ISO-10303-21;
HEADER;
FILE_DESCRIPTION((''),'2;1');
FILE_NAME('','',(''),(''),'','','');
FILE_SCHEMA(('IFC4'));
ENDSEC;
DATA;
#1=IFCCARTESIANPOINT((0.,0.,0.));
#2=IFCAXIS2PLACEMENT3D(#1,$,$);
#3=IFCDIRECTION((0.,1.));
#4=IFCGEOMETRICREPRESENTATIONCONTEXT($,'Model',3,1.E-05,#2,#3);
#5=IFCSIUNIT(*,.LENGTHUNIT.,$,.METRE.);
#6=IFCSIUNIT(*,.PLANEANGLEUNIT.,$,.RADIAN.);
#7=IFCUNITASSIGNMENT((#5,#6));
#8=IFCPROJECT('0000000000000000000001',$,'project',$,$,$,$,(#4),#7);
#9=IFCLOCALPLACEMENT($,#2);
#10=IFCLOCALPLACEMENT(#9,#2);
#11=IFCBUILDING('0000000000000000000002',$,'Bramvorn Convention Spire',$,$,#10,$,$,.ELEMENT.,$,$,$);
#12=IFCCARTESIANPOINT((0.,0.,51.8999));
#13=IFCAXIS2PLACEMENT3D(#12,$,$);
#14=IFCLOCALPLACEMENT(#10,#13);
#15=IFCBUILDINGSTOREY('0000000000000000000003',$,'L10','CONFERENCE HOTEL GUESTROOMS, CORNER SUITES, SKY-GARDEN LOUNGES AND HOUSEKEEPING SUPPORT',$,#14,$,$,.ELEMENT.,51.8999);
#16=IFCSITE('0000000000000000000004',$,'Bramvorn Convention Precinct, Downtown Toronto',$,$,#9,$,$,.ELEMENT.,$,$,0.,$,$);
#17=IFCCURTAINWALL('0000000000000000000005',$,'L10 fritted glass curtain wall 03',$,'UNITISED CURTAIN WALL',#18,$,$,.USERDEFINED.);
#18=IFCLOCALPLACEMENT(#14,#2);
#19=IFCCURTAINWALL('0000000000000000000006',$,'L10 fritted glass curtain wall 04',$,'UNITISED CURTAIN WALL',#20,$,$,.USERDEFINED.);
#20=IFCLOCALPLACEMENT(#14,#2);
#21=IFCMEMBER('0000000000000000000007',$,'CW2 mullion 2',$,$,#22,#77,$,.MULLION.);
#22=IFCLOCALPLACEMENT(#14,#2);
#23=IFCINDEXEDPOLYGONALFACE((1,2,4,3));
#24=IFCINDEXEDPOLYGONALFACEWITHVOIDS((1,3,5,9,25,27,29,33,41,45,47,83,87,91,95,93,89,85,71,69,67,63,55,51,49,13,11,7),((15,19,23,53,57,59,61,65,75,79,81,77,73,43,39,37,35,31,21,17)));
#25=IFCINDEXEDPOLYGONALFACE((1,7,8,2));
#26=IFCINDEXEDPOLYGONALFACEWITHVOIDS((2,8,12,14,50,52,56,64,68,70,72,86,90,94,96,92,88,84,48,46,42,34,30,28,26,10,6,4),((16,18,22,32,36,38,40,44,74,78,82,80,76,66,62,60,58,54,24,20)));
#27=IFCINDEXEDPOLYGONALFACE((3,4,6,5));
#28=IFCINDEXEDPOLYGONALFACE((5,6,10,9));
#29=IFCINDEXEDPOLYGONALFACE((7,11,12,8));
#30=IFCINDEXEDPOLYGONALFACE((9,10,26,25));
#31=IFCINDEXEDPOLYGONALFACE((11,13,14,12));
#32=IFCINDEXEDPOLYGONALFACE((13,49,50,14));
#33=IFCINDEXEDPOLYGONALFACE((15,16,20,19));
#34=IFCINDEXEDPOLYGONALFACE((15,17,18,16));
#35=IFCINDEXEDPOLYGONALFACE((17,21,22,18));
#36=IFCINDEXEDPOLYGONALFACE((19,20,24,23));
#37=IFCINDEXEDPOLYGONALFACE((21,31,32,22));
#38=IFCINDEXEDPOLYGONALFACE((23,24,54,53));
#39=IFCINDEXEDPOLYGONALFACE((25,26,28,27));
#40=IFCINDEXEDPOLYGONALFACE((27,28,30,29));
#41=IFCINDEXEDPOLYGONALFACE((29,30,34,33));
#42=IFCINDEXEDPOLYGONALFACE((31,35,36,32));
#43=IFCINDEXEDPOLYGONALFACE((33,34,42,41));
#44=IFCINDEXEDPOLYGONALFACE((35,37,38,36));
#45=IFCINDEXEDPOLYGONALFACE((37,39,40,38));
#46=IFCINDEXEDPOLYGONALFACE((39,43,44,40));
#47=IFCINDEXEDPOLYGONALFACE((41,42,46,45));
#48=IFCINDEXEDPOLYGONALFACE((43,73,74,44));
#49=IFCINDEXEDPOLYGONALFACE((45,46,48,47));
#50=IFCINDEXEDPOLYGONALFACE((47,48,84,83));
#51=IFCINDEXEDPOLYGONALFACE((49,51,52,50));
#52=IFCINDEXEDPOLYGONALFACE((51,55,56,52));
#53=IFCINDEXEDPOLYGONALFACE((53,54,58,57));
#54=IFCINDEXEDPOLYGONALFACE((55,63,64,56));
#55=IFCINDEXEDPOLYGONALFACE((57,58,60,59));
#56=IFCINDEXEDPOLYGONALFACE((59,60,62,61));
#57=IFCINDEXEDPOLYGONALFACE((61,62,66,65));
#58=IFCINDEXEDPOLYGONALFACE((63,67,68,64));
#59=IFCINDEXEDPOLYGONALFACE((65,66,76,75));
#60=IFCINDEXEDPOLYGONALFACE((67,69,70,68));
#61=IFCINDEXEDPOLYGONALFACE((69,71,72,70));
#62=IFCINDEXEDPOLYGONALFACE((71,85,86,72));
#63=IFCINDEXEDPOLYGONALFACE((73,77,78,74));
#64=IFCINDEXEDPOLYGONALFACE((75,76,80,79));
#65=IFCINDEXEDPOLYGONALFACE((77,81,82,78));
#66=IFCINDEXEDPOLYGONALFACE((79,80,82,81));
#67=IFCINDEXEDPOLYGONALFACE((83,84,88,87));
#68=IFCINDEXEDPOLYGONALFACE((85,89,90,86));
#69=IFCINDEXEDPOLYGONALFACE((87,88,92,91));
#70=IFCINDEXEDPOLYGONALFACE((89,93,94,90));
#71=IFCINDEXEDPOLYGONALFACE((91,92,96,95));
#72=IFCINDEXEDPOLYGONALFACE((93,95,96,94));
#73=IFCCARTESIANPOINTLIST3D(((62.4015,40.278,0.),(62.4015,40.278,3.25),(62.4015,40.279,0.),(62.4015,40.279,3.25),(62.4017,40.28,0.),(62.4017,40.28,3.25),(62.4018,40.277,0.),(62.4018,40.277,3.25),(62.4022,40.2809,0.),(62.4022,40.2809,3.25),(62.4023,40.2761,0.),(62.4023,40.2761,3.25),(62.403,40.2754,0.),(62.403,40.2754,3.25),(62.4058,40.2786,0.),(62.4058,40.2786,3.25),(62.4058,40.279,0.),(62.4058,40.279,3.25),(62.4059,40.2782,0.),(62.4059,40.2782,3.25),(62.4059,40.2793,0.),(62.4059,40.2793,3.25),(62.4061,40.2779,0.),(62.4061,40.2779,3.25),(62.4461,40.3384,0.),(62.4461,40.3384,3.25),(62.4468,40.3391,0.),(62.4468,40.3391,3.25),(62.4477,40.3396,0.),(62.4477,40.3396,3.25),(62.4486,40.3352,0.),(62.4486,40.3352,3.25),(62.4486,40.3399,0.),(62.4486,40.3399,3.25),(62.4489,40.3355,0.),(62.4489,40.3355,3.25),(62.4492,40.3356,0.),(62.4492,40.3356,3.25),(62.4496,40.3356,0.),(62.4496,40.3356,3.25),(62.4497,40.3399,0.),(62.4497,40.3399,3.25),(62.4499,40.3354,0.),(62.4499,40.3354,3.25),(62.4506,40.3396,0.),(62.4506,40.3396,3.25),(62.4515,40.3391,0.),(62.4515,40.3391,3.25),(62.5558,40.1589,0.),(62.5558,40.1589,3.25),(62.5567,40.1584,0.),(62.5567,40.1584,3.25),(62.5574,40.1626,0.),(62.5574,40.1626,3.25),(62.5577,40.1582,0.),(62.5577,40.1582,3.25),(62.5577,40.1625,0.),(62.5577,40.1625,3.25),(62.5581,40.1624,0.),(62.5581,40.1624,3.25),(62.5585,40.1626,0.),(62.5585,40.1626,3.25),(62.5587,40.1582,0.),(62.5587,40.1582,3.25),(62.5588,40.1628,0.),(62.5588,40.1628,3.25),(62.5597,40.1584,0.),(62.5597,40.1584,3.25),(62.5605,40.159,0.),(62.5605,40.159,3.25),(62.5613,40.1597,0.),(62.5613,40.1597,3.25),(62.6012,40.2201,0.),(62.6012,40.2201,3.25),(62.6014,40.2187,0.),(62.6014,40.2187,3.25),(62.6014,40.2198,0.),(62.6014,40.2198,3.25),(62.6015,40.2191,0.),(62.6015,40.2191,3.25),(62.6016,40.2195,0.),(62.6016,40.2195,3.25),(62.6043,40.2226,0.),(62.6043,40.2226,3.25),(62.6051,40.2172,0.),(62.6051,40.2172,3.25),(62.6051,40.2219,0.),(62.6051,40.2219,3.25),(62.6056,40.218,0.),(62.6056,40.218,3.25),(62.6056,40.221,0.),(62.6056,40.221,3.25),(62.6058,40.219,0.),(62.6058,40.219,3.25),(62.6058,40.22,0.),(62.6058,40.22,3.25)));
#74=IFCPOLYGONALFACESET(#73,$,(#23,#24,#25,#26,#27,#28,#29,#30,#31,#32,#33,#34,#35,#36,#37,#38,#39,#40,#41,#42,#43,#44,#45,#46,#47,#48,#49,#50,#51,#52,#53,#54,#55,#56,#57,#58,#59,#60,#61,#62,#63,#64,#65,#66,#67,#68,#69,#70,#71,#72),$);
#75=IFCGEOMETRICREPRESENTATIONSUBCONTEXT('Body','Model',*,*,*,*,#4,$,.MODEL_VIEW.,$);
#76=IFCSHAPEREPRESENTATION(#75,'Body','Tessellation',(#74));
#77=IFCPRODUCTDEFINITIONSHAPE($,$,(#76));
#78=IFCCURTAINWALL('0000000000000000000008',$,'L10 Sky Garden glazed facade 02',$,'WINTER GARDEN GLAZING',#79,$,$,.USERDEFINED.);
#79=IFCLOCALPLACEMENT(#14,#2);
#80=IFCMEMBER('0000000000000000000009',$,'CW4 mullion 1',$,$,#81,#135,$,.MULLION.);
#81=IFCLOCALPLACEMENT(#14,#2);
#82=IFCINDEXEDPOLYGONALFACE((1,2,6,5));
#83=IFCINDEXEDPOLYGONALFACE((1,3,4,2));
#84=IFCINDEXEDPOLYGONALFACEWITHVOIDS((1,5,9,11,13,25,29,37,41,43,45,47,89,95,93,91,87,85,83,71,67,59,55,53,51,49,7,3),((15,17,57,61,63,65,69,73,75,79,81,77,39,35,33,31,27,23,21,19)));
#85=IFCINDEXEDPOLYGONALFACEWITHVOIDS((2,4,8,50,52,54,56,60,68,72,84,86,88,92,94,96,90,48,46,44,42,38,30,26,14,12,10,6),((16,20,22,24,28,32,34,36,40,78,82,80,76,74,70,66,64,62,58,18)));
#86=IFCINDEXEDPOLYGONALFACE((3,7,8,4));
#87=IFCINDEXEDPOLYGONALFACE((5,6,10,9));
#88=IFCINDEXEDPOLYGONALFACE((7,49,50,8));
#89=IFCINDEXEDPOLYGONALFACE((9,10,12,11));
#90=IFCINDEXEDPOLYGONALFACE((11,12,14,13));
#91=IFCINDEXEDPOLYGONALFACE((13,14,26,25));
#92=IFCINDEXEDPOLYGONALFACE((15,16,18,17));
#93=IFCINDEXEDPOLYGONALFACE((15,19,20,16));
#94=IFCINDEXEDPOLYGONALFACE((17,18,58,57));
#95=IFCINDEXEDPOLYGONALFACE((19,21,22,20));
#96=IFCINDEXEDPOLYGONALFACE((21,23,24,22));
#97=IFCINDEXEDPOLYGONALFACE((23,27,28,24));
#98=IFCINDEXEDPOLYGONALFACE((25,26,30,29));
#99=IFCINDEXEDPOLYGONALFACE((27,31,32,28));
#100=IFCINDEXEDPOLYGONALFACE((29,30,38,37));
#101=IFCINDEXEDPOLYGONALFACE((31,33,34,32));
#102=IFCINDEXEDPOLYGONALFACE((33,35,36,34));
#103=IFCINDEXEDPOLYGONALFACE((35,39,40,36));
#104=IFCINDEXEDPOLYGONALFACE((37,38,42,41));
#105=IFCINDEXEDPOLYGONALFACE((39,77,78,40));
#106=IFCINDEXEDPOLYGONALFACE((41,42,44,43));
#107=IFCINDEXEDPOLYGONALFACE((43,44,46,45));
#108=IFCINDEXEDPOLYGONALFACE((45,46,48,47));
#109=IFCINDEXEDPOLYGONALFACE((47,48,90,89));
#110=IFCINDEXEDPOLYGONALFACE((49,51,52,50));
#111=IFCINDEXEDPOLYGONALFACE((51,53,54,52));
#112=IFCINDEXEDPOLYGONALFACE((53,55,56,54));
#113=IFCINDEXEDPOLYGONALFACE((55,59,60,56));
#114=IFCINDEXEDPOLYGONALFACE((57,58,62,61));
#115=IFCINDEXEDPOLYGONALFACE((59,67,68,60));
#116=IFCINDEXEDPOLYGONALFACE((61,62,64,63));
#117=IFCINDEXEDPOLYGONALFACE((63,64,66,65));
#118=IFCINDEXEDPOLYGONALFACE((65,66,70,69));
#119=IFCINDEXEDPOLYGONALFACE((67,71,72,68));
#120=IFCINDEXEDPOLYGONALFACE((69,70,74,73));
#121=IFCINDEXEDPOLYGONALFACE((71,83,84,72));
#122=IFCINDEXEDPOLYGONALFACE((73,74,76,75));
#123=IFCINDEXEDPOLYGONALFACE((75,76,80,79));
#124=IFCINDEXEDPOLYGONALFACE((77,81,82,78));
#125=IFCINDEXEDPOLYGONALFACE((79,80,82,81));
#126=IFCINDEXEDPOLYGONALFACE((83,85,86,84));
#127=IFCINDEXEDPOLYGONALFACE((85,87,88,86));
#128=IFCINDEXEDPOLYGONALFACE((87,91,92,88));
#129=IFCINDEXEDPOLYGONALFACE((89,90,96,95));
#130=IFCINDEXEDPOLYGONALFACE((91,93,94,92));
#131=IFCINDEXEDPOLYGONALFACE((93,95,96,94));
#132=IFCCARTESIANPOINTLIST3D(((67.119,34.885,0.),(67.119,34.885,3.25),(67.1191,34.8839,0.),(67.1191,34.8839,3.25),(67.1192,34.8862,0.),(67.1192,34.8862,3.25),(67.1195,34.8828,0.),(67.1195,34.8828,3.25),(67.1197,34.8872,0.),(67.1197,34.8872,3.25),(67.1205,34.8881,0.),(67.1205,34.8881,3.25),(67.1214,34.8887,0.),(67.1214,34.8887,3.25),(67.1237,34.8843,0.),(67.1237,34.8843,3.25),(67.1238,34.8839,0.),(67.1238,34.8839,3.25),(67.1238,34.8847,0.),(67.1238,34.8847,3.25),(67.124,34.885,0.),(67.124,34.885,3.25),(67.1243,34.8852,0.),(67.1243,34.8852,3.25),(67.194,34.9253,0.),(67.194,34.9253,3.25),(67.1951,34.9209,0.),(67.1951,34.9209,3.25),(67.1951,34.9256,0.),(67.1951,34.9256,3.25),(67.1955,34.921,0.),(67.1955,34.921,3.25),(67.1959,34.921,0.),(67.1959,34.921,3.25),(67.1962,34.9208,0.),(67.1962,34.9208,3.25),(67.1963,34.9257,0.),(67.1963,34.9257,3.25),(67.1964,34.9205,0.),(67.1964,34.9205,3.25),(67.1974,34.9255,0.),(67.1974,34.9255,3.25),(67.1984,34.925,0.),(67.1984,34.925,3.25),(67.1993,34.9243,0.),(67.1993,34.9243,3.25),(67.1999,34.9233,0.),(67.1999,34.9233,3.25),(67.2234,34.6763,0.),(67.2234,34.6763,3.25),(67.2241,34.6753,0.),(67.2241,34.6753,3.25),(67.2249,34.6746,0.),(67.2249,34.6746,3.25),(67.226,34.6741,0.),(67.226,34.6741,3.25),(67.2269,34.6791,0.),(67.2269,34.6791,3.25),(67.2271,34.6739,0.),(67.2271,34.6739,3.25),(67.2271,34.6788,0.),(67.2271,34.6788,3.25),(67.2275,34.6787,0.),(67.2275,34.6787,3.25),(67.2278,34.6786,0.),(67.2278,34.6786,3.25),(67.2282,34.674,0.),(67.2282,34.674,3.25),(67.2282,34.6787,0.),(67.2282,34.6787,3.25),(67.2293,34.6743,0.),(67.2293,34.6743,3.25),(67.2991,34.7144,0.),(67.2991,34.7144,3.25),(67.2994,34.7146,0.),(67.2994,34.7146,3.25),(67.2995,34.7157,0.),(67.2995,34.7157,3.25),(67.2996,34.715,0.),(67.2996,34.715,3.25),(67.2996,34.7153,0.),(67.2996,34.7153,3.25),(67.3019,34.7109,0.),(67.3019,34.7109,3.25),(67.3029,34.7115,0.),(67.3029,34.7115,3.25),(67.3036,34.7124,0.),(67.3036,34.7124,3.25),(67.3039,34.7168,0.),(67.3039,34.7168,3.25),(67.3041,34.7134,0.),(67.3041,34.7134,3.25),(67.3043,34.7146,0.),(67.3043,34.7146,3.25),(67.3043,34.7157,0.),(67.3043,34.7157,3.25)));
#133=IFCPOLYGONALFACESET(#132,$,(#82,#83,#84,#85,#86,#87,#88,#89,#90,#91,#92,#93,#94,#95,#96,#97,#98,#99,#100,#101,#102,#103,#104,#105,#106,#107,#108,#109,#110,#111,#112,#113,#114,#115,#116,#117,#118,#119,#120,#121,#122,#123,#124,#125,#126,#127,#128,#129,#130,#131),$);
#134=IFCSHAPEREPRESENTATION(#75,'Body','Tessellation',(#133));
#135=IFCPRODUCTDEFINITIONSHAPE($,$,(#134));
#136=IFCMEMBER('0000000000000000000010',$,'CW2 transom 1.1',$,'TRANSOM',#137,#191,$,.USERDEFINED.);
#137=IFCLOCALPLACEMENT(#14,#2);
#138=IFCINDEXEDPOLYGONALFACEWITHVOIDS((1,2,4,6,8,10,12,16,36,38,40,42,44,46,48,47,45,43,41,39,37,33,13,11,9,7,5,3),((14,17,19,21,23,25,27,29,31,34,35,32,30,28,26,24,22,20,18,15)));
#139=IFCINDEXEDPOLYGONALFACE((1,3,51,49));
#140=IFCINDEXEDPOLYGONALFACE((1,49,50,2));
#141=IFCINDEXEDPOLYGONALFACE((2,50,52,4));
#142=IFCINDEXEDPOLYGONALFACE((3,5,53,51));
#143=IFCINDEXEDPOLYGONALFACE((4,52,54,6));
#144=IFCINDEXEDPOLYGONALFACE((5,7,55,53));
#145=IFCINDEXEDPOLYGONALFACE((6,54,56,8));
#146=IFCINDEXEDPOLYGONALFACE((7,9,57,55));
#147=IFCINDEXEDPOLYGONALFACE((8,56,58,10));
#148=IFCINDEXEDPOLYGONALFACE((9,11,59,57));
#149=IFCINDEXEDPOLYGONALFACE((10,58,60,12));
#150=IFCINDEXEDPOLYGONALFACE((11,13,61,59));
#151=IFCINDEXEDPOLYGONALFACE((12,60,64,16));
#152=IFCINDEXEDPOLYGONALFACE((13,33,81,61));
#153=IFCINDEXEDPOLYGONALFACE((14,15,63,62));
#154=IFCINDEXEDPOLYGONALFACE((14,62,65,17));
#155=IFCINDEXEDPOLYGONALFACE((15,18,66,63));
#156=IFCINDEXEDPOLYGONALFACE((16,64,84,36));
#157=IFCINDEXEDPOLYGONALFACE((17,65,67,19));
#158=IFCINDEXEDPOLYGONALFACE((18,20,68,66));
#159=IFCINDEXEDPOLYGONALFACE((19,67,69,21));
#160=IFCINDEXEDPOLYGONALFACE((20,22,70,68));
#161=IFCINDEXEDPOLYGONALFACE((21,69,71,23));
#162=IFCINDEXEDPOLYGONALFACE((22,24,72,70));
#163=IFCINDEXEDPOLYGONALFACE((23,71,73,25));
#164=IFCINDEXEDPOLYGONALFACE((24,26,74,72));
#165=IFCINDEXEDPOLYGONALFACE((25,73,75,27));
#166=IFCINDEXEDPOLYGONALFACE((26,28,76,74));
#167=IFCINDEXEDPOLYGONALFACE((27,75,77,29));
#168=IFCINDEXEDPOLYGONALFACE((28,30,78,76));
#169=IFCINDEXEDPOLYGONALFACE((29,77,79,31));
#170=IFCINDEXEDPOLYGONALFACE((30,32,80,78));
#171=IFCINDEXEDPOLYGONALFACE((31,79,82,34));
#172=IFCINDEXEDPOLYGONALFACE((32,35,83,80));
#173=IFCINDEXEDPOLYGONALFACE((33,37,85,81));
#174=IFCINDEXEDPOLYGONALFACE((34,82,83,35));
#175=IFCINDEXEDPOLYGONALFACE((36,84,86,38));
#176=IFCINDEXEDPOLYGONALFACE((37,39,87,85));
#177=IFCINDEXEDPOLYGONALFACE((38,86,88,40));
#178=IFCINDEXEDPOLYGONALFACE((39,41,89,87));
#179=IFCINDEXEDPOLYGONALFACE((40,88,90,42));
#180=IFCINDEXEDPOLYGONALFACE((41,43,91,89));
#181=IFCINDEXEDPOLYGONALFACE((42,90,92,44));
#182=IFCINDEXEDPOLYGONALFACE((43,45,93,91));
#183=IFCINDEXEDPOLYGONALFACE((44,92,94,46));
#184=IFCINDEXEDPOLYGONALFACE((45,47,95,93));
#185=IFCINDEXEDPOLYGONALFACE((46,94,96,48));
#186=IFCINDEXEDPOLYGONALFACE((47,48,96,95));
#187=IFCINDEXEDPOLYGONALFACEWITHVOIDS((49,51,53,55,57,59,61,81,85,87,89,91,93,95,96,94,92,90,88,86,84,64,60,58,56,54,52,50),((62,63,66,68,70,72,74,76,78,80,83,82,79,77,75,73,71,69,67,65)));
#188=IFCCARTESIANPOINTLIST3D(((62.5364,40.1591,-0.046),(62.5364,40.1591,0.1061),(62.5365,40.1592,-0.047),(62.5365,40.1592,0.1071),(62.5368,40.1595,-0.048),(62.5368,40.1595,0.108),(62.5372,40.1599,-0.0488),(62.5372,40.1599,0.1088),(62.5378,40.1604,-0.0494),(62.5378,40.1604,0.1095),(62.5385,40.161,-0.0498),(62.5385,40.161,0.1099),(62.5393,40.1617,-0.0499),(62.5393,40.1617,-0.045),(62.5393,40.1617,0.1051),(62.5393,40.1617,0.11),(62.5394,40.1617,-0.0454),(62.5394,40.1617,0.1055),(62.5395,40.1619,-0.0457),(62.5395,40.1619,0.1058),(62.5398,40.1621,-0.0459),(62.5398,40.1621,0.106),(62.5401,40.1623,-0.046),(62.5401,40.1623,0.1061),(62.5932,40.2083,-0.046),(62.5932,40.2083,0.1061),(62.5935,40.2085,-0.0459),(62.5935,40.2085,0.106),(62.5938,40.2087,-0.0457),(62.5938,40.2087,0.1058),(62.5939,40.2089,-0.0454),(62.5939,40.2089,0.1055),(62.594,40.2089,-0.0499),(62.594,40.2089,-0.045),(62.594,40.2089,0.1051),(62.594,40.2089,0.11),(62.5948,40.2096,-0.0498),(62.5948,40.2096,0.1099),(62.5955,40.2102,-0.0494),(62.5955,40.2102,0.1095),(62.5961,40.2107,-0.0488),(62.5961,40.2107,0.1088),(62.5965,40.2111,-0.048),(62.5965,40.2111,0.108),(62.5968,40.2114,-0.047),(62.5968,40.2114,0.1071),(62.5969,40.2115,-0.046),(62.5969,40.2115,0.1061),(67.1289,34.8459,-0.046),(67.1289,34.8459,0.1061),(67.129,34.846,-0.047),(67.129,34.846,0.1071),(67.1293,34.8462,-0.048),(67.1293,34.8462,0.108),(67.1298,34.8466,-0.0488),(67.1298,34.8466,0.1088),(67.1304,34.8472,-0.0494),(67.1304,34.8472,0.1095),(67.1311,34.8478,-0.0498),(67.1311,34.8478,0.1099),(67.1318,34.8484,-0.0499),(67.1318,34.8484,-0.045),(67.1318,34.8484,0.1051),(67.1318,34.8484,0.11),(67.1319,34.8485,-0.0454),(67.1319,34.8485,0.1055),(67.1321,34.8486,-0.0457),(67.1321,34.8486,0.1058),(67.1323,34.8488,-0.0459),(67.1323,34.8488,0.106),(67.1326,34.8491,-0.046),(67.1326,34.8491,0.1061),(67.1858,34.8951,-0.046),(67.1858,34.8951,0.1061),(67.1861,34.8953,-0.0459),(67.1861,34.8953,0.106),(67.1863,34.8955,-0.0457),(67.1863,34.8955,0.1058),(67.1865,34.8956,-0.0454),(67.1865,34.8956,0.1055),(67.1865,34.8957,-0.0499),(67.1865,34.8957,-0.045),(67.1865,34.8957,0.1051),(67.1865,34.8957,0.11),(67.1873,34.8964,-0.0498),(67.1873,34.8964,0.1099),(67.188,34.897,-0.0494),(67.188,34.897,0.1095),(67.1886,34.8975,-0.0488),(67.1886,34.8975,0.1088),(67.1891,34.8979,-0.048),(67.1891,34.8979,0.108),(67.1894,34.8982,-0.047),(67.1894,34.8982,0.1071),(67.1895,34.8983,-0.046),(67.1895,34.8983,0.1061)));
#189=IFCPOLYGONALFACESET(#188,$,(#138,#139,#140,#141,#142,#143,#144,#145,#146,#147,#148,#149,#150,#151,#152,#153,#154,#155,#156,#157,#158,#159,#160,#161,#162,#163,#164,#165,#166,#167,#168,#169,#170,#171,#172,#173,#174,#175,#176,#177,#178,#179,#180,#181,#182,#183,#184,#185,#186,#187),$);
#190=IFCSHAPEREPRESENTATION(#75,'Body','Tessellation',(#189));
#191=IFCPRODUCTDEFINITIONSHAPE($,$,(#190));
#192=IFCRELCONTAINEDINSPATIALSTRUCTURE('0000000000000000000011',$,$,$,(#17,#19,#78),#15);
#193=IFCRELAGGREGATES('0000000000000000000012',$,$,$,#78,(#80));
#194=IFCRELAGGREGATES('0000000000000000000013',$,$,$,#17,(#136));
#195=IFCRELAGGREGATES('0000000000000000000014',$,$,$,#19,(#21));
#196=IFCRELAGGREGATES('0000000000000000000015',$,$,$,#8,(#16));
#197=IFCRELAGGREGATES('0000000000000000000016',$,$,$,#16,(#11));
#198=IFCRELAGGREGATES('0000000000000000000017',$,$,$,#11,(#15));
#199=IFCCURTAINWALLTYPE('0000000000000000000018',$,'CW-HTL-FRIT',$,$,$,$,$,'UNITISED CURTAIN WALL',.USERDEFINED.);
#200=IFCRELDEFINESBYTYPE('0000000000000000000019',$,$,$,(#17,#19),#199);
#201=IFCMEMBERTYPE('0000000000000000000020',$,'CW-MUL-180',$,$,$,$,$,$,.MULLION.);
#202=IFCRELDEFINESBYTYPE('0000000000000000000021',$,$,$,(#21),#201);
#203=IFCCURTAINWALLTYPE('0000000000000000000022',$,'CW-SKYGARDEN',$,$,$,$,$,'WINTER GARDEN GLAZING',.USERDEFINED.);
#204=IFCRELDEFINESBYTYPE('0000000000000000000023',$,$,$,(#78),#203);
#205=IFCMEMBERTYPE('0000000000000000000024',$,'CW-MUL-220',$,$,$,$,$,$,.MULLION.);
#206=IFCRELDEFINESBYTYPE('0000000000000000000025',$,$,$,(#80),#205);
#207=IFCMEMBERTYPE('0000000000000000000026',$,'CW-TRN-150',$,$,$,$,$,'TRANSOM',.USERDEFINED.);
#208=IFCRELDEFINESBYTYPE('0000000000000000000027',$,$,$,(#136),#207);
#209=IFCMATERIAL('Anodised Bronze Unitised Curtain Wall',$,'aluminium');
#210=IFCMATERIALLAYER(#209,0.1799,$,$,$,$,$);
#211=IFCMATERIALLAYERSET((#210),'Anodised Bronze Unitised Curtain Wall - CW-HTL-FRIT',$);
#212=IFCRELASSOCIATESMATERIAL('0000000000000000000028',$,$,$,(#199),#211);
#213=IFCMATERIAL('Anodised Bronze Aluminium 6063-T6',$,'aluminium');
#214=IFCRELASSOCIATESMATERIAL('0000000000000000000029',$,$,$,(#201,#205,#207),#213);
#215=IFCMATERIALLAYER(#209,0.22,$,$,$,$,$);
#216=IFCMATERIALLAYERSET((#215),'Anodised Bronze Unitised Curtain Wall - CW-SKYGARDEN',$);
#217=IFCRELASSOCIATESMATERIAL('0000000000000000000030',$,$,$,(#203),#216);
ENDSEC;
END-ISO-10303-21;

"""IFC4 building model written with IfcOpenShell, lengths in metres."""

from ifc_helpers import new_model, si_unit, direction, frame, origin, origin_2d, place, context, subcontext, project, spatial, hollow_rectangle, extrude, material, layer, layer_set, material_profile, profile_set, type_object, element, aggregate, save


model = new_model("IFC4")

# Units and contexts
model_context = context("Model", 3, precision=1e-05, world=origin(), true_north=direction((0.0, 1.0)))
body_context = subcontext(model_context, "Body", "Model", "MODEL_VIEW")
ifc_project = project(units=[si_unit("LENGTHUNIT", "METRE"), si_unit("PLANEANGLEUNIT", "RADIAN")], contexts=[model_context])

# Site, building, storey
site_placement = place(None, origin())
site = spatial("IfcSite", under=ifc_project, at=site_placement, Name="Bramvorn Convention Precinct, Downtown Toronto", CompositionType="ELEMENT", RefElevation=0.0)
building_placement = place(site_placement, origin())
building = spatial("IfcBuilding", under=site, at=building_placement, Name="Bramvorn Convention Spire", CompositionType="ELEMENT")
storey_placement = place(building_placement, frame((0.0, 0.0, 51.8999)))
storey = spatial("IfcBuildingStorey", under=building, at=storey_placement, Name="L10", Description="CONFERENCE HOTEL GUESTROOMS, CORNER SUITES, SKY-GARDEN LOUNGES AND HOUSEKEEPING SUPPORT", CompositionType="ELEMENT", Elevation=51.8999)

# Curtain walls, member
ifc_material_1 = material(Name="Anodised Bronze Unitised Curtain Wall", Category="aluminium")
ifc_layer_1 = layer(ifc_material_1, 0.1799)
ifc_layer_set_1 = layer_set([ifc_layer_1], Name="Anodised Bronze Unitised Curtain Wall - CW-HTL-FRIT")
curtain_wall_type_1 = type_object("IfcCurtainWallType", Name="CW-HTL-FRIT", ElementType="UNITISED CURTAIN WALL", PredefinedType="USERDEFINED", material=ifc_layer_set_1)
curtain_wall_1_placement = place(storey_placement, origin())
curtain_wall_1 = element("IfcCurtainWall", 1, at=curtain_wall_1_placement, inside=storey, type_object=curtain_wall_type_1, Name="L10 fritted glass curtain wall 03", ObjectType="UNITISED CURTAIN WALL", PredefinedType="USERDEFINED")
ifc_material_2 = material(Name="Anodised Bronze Aluminium 6063-T6", Category="aluminium")
ifc_material_profile_1 = material_profile(ifc_material_2, hollow_rectangle(XDim=0.0801, YDim=0.2, WallThickness=0.0039, InnerFilletRadius=0.001, OuterFilletRadius=0.0039, at=origin_2d()))
ifc_profile_set_1 = profile_set([ifc_material_profile_1], Name="Anodised Bronze Aluminium 6063-T6 - CWM80X200")
member_type_1 = type_object("IfcMemberType", Name="CW-MUL-180", PredefinedType="MULLION", material=ifc_profile_set_1)
curtain_wall_2_placement = place(storey_placement, origin())
curtain_wall_2 = element("IfcCurtainWall", 2, at=curtain_wall_2_placement, inside=storey, type_object=curtain_wall_type_1, Name="L10 fritted glass curtain wall 04", ObjectType="UNITISED CURTAIN WALL", PredefinedType="USERDEFINED")
member_1_placement = place(storey_placement, frame((62.5037, 40.249, 0.0), z_axis=(0.0, 0.0, 1.0), x_axis=(0.606227, 0.795292, 0.0)))
member_1 = element("IfcMember", 3, at=member_1_placement, type_object=member_type_1, Name="CW2 mullion 2", PredefinedType="MULLION", context=body_context, shape_type="SweptSolid", body=[
    extrude(hollow_rectangle(XDim=0.0801, YDim=0.2, WallThickness=0.0039, InnerFilletRadius=0.001, OuterFilletRadius=0.0039, at=origin_2d()), origin(), (0.0, 0.0, 1.0), 3.25),
])

# Curtain wall, member
ifc_layer_2 = layer(ifc_material_1, 0.22)
ifc_layer_set_2 = layer_set([ifc_layer_2], Name="Anodised Bronze Unitised Curtain Wall - CW-SKYGARDEN")
curtain_wall_type_2 = type_object("IfcCurtainWallType", Name="CW-SKYGARDEN", ElementType="WINTER GARDEN GLAZING", PredefinedType="USERDEFINED", material=ifc_layer_set_2)
curtain_wall_3_placement = place(storey_placement, origin())
curtain_wall_3 = element("IfcCurtainWall", 4, at=curtain_wall_3_placement, inside=storey, type_object=curtain_wall_type_2, Name="L10 Sky Garden glazed facade 02", ObjectType="WINTER GARDEN GLAZING", PredefinedType="USERDEFINED")
ifc_material_profile_2 = material_profile(ifc_material_2, hollow_rectangle(XDim=0.0901, YDim=0.24, WallThickness=0.0044, InnerFilletRadius=0.001, OuterFilletRadius=0.0044, at=origin_2d()))
ifc_profile_set_2 = profile_set([ifc_material_profile_2], Name="Anodised Bronze Aluminium 6063-T6 - CWM90X240")
member_type_2 = type_object("IfcMemberType", Name="CW-MUL-220", PredefinedType="MULLION", material=ifc_profile_set_2)
member_2_placement = place(storey_placement, frame((67.2117, 34.7998, 0.0), z_axis=(0.0, 0.0, 1.0), x_axis=(0.893207, 0.449646, 0.0)))
member_2 = element("IfcMember", 5, at=member_2_placement, type_object=member_type_2, Name="CW4 mullion 1", PredefinedType="MULLION", context=body_context, shape_type="SweptSolid", body=[
    extrude(hollow_rectangle(XDim=0.0901, YDim=0.24, WallThickness=0.0044, InnerFilletRadius=0.001, OuterFilletRadius=0.0044, at=origin_2d()), origin(), (0.0, 0.0, 1.0), 3.25),
])

# Member
ifc_material_profile_3 = material_profile(ifc_material_2, hollow_rectangle(XDim=0.0801, YDim=0.1599, WallThickness=0.0039, InnerFilletRadius=0.001, OuterFilletRadius=0.0039, at=origin_2d()))
ifc_profile_set_3 = profile_set([ifc_material_profile_3], Name="Anodised Bronze Aluminium 6063-T6 - CWT80X160")
member_type_3 = type_object("IfcMemberType", Name="CW-TRN-150", ElementType="TRANSOM", PredefinedType="USERDEFINED", material=ifc_profile_set_3)
member_3_placement = place(storey_placement, frame((62.5667, 40.1853, 0.03), z_axis=(0.653932, -0.756553, 0.0), x_axis=(0.756553, 0.653932, 0.0)))
member_3 = element("IfcMember", 6, at=member_3_placement, type_object=member_type_3, Name="CW2 transom 1.1", ObjectType="TRANSOM", PredefinedType="USERDEFINED", context=body_context, shape_type="SweptSolid", body=[
    extrude(hollow_rectangle(XDim=0.0801, YDim=0.1599, WallThickness=0.0039, InnerFilletRadius=0.001, OuterFilletRadius=0.0039, at=origin_2d()), origin(), (0.0, 0.0, 1.0), 7.0229),
])
aggregate(curtain_wall_3, [member_2])

aggregate(curtain_wall_1, [member_3])
aggregate(curtain_wall_2, [member_1])

save(model, "model.ifc")
